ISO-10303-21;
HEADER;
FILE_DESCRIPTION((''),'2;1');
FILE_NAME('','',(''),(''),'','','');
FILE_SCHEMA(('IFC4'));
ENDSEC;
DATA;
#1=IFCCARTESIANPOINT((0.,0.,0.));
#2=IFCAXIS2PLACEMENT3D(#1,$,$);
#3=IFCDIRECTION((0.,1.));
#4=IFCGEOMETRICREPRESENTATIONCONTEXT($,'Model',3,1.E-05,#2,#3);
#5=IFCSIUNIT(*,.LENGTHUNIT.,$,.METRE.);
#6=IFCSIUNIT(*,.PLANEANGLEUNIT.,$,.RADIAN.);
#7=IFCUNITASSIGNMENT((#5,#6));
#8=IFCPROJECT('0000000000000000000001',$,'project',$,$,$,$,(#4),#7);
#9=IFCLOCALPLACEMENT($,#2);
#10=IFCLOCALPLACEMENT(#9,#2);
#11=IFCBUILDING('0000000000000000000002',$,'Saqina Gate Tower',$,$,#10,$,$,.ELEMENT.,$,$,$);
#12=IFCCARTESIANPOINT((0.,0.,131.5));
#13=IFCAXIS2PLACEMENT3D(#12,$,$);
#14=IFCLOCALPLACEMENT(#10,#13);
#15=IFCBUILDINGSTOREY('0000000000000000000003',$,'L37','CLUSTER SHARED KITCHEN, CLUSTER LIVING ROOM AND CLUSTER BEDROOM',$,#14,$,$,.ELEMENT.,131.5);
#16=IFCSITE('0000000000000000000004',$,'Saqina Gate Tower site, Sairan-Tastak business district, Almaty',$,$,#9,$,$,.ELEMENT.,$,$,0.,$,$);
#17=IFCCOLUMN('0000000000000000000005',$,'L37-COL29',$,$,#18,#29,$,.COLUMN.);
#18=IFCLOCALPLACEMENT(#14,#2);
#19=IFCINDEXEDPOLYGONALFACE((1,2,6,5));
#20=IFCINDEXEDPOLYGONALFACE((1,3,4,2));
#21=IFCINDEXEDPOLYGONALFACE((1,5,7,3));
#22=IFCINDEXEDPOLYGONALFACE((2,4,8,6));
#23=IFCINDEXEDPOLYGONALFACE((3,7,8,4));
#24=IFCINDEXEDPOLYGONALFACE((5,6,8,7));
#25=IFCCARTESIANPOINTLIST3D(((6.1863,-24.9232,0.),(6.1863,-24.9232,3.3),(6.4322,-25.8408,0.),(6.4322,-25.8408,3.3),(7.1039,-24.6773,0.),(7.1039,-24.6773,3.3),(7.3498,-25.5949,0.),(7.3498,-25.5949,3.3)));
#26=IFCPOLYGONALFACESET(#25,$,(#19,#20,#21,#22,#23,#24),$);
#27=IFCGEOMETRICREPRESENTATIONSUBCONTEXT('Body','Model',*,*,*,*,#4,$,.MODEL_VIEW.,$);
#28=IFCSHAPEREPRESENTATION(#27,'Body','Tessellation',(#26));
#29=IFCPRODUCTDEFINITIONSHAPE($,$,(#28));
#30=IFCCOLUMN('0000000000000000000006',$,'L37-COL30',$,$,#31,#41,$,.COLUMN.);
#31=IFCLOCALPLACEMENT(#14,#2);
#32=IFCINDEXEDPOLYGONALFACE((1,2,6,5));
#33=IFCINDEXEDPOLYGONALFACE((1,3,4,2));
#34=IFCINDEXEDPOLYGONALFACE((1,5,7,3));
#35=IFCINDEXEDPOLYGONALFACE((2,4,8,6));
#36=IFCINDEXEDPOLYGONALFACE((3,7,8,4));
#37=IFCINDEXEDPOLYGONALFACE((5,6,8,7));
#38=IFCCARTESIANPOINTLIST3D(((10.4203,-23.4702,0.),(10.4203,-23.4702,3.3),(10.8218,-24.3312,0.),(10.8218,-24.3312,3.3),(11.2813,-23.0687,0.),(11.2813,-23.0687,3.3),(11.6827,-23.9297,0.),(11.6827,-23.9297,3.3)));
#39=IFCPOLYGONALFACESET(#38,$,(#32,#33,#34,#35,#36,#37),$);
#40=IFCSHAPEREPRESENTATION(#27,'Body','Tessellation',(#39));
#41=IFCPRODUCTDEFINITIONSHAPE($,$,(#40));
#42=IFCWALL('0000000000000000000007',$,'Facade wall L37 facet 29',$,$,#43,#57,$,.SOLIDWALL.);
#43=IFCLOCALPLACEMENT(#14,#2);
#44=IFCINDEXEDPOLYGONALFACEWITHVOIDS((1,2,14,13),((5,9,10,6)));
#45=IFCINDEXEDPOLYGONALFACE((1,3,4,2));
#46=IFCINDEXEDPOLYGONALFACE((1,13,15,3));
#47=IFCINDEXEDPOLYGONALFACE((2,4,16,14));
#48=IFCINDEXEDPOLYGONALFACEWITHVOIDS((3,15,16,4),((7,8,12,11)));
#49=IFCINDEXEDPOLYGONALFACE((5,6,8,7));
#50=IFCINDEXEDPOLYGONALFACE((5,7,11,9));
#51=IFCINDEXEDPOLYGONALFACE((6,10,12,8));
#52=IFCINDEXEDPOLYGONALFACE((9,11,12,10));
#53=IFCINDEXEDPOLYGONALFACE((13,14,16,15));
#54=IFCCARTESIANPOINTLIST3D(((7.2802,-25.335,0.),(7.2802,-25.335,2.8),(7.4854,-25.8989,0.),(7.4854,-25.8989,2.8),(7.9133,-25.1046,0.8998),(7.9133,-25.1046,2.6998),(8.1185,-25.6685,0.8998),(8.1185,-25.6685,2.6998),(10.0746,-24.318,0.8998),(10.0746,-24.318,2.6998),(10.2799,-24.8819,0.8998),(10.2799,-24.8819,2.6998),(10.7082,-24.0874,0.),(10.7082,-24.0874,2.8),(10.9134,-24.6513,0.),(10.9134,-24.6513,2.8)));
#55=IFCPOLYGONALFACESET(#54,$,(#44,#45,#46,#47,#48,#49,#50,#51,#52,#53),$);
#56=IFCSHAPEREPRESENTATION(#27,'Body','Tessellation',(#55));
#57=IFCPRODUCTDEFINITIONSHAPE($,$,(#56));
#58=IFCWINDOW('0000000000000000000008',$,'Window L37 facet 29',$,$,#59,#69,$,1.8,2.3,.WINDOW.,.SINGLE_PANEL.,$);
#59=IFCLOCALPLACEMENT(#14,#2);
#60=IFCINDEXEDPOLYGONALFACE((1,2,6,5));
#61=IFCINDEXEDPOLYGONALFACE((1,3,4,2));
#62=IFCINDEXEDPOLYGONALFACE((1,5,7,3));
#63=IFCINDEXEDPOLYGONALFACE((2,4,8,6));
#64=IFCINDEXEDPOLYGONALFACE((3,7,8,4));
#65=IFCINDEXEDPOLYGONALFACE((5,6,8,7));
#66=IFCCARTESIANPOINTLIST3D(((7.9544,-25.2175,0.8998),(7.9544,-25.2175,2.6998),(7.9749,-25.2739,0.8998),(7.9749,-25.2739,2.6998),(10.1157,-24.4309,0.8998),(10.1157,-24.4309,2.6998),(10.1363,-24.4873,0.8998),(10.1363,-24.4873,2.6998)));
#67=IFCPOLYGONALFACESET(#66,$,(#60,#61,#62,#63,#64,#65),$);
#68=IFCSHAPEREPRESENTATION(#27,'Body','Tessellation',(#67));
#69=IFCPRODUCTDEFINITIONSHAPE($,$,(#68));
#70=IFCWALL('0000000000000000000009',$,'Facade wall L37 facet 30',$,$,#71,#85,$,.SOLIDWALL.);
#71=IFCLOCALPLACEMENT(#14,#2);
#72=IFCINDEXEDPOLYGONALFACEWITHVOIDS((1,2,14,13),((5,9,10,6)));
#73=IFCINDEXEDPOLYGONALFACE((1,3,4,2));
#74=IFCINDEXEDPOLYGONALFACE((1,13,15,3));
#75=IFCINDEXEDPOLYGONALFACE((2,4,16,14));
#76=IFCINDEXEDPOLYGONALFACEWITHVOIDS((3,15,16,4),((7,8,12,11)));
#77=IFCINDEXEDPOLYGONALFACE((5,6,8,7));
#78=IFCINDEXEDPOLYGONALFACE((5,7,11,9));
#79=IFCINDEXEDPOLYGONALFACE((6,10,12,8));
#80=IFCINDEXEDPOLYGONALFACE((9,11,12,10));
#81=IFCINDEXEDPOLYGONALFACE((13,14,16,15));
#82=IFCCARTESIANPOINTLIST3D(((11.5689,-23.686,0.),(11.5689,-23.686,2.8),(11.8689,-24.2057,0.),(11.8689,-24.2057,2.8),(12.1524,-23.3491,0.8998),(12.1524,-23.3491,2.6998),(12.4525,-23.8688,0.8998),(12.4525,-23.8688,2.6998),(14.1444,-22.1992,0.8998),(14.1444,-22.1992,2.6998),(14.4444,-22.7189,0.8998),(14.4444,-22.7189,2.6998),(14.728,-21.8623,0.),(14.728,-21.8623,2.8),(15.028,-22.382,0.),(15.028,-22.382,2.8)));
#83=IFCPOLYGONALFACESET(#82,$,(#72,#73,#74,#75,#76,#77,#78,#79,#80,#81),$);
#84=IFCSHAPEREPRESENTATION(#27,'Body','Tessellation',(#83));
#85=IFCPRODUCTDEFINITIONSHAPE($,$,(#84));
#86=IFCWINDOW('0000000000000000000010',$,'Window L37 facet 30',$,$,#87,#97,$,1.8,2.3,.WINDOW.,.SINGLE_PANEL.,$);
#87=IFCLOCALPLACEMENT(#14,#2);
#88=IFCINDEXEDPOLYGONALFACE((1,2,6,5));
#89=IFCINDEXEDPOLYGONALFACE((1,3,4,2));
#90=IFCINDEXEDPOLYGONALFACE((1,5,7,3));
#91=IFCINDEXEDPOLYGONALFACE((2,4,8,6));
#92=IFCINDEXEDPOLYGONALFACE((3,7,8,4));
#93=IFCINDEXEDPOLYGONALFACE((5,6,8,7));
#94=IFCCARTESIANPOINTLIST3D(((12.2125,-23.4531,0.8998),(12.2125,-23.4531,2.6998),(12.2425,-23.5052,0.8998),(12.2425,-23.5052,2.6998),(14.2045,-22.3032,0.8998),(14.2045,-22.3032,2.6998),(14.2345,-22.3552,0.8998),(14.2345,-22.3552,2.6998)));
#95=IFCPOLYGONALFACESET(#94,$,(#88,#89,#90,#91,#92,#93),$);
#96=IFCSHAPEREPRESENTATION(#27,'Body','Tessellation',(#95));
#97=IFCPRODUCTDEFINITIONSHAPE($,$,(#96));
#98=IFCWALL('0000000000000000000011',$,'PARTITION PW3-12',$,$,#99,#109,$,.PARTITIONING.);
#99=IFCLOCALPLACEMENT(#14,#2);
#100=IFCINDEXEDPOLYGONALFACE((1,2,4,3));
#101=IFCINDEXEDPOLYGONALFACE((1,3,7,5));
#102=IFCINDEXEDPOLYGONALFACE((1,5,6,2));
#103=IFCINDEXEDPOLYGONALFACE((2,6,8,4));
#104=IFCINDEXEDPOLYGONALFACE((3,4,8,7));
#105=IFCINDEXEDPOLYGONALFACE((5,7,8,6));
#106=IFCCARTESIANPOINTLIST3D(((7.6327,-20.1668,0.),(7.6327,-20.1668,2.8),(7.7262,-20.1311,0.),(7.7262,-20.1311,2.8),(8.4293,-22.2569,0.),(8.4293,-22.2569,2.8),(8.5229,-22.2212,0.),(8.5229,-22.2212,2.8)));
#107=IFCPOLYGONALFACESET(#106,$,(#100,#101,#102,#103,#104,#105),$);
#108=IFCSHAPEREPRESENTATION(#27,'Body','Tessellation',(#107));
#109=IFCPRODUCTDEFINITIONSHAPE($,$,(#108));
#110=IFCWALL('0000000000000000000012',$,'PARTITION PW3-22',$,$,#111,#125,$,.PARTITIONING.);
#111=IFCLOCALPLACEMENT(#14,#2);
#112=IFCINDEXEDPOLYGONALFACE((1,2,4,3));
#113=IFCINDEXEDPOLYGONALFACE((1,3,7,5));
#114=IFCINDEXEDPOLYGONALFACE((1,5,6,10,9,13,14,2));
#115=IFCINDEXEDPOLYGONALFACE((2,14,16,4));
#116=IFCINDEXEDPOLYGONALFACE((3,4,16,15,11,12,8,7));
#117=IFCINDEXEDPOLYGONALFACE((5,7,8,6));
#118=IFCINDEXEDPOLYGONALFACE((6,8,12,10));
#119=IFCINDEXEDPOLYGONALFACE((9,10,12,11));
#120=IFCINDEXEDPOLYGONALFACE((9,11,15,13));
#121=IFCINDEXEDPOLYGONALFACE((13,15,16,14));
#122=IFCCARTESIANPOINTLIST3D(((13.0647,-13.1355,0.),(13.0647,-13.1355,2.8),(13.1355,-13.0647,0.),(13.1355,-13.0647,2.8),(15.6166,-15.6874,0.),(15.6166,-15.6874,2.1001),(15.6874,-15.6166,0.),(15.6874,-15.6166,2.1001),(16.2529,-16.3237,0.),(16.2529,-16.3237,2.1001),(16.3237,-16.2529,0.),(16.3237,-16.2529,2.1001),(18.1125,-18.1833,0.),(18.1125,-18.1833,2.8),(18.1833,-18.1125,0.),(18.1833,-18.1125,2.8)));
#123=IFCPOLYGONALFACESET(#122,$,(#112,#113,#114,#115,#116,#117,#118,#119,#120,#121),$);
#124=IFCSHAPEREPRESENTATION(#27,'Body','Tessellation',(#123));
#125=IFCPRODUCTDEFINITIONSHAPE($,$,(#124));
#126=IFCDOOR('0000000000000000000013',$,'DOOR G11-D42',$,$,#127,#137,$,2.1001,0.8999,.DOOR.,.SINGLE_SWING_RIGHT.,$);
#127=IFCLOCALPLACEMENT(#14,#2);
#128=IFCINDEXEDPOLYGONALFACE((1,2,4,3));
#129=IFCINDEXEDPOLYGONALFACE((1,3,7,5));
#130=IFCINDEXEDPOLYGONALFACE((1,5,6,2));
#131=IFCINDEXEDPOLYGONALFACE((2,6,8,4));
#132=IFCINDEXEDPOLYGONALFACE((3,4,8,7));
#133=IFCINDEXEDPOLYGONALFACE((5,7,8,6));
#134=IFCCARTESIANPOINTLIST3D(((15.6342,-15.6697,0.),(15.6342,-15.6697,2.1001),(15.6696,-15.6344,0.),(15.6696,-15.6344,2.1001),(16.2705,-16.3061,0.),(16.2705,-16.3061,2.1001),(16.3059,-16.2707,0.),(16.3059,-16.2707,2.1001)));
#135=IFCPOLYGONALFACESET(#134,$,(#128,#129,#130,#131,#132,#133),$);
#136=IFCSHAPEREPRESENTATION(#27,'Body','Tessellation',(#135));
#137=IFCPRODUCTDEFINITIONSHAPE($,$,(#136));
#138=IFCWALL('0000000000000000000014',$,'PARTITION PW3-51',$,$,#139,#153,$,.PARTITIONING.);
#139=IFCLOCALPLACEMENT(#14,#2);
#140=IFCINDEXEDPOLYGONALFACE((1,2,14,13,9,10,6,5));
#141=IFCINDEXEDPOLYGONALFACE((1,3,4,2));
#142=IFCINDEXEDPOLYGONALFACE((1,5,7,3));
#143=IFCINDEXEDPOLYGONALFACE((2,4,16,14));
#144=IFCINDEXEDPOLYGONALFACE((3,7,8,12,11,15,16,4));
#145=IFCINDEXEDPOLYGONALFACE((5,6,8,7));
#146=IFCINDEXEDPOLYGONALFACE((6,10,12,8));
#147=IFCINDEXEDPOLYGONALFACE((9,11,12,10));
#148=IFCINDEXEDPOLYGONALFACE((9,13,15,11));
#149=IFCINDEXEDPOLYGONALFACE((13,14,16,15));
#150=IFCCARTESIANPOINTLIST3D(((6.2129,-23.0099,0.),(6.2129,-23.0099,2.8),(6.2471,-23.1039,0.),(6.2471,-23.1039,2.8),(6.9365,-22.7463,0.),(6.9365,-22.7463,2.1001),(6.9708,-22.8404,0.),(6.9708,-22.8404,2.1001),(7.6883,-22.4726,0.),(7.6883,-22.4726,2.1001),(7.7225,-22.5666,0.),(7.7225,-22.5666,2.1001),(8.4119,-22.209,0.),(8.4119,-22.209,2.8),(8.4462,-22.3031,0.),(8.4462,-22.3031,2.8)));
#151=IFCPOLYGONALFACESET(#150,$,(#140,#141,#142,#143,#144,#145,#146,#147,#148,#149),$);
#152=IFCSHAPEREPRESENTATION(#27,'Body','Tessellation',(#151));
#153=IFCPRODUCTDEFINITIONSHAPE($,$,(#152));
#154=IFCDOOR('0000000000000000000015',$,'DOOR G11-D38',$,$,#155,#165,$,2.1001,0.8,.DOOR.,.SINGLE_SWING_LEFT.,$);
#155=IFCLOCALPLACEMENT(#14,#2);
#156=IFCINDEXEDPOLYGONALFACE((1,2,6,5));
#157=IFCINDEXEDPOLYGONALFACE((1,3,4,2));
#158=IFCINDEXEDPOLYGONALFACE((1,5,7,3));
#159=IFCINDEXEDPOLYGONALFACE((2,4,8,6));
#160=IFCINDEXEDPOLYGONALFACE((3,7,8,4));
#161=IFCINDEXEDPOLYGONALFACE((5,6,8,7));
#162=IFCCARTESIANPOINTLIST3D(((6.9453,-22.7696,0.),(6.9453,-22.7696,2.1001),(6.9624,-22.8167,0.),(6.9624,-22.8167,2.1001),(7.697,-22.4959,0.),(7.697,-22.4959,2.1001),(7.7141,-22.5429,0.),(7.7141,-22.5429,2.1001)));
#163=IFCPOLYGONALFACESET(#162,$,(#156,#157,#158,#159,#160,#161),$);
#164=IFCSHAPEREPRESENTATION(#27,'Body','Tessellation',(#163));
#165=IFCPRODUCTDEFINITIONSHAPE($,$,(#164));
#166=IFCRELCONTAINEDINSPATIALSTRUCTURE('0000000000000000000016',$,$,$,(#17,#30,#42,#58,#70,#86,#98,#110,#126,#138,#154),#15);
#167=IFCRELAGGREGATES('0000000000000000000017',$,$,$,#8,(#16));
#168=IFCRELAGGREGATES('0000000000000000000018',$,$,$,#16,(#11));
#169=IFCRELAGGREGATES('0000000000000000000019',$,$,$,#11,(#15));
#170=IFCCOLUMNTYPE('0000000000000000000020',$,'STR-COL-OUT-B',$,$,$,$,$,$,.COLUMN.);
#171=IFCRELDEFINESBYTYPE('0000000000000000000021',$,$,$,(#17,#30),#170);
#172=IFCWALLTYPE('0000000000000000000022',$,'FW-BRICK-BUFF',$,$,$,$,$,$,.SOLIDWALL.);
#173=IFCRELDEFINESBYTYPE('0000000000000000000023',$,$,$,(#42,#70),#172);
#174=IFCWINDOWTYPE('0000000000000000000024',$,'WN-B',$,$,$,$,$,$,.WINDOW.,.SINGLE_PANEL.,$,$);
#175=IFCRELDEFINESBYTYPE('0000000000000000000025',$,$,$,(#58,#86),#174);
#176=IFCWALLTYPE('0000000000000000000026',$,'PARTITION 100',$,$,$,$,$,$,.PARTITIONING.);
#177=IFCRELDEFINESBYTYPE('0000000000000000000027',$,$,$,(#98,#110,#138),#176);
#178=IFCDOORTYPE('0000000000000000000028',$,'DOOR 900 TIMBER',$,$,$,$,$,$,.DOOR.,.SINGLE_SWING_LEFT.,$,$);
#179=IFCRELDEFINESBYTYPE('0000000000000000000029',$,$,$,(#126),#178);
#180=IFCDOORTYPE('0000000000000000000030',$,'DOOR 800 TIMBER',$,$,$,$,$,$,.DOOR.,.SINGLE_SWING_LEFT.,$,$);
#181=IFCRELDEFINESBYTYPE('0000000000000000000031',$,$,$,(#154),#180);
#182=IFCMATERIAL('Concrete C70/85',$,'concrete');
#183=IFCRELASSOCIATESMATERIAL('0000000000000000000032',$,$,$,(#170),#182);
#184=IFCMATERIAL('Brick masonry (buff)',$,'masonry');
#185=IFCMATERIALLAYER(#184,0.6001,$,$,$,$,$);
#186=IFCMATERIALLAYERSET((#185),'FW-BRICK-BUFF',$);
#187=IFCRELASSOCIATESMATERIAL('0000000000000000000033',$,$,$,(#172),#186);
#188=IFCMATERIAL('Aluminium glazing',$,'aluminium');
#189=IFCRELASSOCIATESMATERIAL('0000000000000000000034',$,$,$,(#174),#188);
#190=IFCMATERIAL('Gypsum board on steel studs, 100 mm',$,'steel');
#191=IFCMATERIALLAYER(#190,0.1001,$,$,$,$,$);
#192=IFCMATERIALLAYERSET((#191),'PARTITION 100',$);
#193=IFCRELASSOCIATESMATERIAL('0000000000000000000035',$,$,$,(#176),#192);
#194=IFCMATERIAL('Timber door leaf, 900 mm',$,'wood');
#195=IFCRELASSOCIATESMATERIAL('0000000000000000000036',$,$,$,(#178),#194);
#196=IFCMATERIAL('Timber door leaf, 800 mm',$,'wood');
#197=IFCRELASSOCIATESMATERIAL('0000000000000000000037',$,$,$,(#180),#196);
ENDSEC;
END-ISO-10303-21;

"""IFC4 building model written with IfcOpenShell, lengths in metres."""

from ifc_helpers import new_model, si_unit, direction, frame, frame_2d, origin, origin_2d, place, context, subcontext, project, spatial, rectangle, extrude, material, layer, layer_set, material_profile, profile_set, type_object, element, fill, save


model = new_model("IFC4")

# Units and contexts
model_context = context("Model", 3, precision=1e-05, world=origin(), true_north=direction((0.0, 1.0)))
body_context = subcontext(model_context, "Body", "Model", "MODEL_VIEW")
ifc_project = project(units=[si_unit("LENGTHUNIT", "METRE"), si_unit("PLANEANGLEUNIT", "RADIAN")], contexts=[model_context])

# Site, building, storey
site_placement = place(None, origin())
site = spatial("IfcSite", under=ifc_project, at=site_placement, Name="Saqina Gate Tower site, Sairan-Tastak business district, Almaty", CompositionType="ELEMENT", RefElevation=0.0)
building_placement = place(site_placement, origin())
building = spatial("IfcBuilding", under=site, at=building_placement, Name="Saqina Gate Tower", CompositionType="ELEMENT")
storey_placement = place(building_placement, frame((0.0, 0.0, 131.5)))
storey = spatial("IfcBuildingStorey", under=building, at=storey_placement, Name="L37", Description="CLUSTER SHARED KITCHEN, CLUSTER LIVING ROOM AND CLUSTER BEDROOM", CompositionType="ELEMENT", Elevation=131.5)

# Columns
ifc_material_1 = material(Name="Concrete C70/85", Category="concrete")
ifc_material_profile = material_profile(ifc_material_1, rectangle(XDim=0.95, YDim=0.95, at=origin_2d()), Name="RC 950x950")
ifc_profile_set = profile_set([ifc_material_profile], Name="Concrete C70/85")
column_type = type_object("IfcColumnType", Name="STR-COL-OUT-B", PredefinedType="COLUMN", material=ifc_profile_set)
for number, where, z_axis, x_axis, name in (
    (1, (6.7681, -25.259, 0.0), (0.0, 0.0, 1.0), (0.258819, -0.965926, 0.0), "L37-COL29"),
    (2, (11.0515, -23.7, 0.0), (0.0, 0.0, 1.0), (0.422618, -0.906308, 0.0), "L37-COL30"),
):
    element("IfcColumn", number, at=place(storey_placement, frame(where, z_axis=z_axis, x_axis=x_axis)), inside=storey, type_object=column_type, Name=name, PredefinedType="COLUMN", context=body_context, shape_type="SweptSolid", body=[
        extrude(rectangle(XDim=0.95, YDim=0.95, at=origin_2d()), origin(), (0.0, 0.0, 1.0), 3.3),
    ])

# Walls, openings, windows
ifc_material_2 = material(Name="Brick masonry (buff)", Category="masonry")
ifc_layer_1 = layer(ifc_material_2, 0.6001)
ifc_layer_set_1 = layer_set([ifc_layer_1], Name="FW-BRICK-BUFF")
wall_type_1 = type_object("IfcWallType", Name="FW-BRICK-BUFF", PredefinedType="SOLIDWALL", material=ifc_layer_set_1)
wall_1_placement = place(storey_placement, frame((7.3828, -25.6169, 0.0), z_axis=(0.0, 0.0, 1.0), x_axis=(0.939704, 0.34199, 0.0)))
wall_1 = element("IfcWall", 3, at=wall_1_placement, inside=storey, type_object=wall_type_1, Name="Facade wall L37 facet 29", PredefinedType="SOLIDWALL", context=body_context, shape_type="SweptSolid", body=[
    extrude(rectangle(XDim=3.6479, YDim=0.6001, at=frame_2d((1.824, 0.0))), origin(), (0.0, 0.0, 1.0), 2.8),
])
opening_1_placement = place(wall_1_placement, frame((0.6738, 0.0, 0.8999)))
opening_1 = element("IfcOpeningElement", 4, at=opening_1_placement, cuts=wall_1, PredefinedType="OPENING", context=body_context, shape_type="SweptSolid", body=[
    extrude(rectangle(XDim=2.3, YDim=1.8, at=frame_2d((1.1499, 0.8999))), frame((0.0, 0.312, 0.0), z_axis=(0.0, -1.0, 0.0), x_axis=(1.0, 0.0, 0.0)), (0.0, 0.0, 1.0), 0.624),
])
ifc_material_3 = material(Name="Aluminium glazing", Category="aluminium")
window_type = type_object("IfcWindowType", Name="WN-B", PartitioningType="SINGLE_PANEL", PredefinedType="WINDOW", material=ifc_material_3)
window_1_placement = place(opening_1_placement, origin())
window_1 = element("IfcWindow", 5, at=window_1_placement, inside=storey, type_object=window_type, Name="Window L37 facet 29", OverallHeight=1.8, OverallWidth=2.3, PartitioningType="SINGLE_PANEL", PredefinedType="WINDOW", context=body_context, shape_type="SweptSolid", body=[
    extrude(rectangle(XDim=2.3, YDim=1.8, at=frame_2d((1.1499, 0.8999))), frame((0.0, 0.1799, 0.0), z_axis=(0.0, -1.0, 0.0), x_axis=(1.0, 0.0, 0.0)), (0.0, 0.0, 1.0), 0.0601),
])
fill(opening_1, window_1)
wall_2_placement = place(storey_placement, frame((11.719, -23.9458, 0.0), z_axis=(0.0, 0.0, 1.0), x_axis=(0.866052, 0.499954, 0.0)))
wall_2 = element("IfcWall", 6, at=wall_2_placement, inside=storey, type_object=wall_type_1, Name="Facade wall L37 facet 30", PredefinedType="SOLIDWALL", context=body_context, shape_type="SweptSolid", body=[
    extrude(rectangle(XDim=3.6477, YDim=0.6001, at=frame_2d((1.8237, 0.0))), origin(), (0.0, 0.0, 1.0), 2.8),
])
opening_2_placement = place(wall_2_placement, frame((0.6738, 0.0, 0.8999)))
opening_2 = element("IfcOpeningElement", 7, at=opening_2_placement, cuts=wall_2, PredefinedType="OPENING", context=body_context, shape_type="SweptSolid", body=[
    extrude(rectangle(XDim=2.3, YDim=1.8, at=frame_2d((1.1499, 0.8999))), frame((0.0, 0.312, 0.0), z_axis=(0.0, -1.0, 0.0), x_axis=(1.0, 0.0, 0.0)), (0.0, 0.0, 1.0), 0.624),
])
window_2_placement = place(opening_2_placement, origin())
window_2 = element("IfcWindow", 8, at=window_2_placement, inside=storey, type_object=window_type, Name="Window L37 facet 30", OverallHeight=1.8, OverallWidth=2.3, PartitioningType="SINGLE_PANEL", PredefinedType="WINDOW", context=body_context, shape_type="SweptSolid", body=[
    extrude(rectangle(XDim=2.3, YDim=1.8, at=frame_2d((1.1499, 0.8999))), frame((0.0, 0.1799, 0.0), z_axis=(0.0, -1.0, 0.0), x_axis=(1.0, 0.0, 0.0)), (0.0, 0.0, 1.0), 0.0601),
])
fill(opening_2, window_2)

# Wall
ifc_material_4 = material(Name="Gypsum board on steel studs, 100 mm", Category="steel")
ifc_layer_2 = layer(ifc_material_4, 0.1001)
ifc_layer_set_2 = layer_set([ifc_layer_2], Name="PARTITION 100")
wall_type_2 = type_object("IfcWallType", Name="PARTITION 100", PredefinedType="PARTITIONING", material=ifc_layer_set_2)
wall_3_placement = place(storey_placement, frame((7.6794, -20.1489, 0.0), z_axis=(0.0, 0.0, 1.0), x_axis=(0.356154, -0.934427, 0.0)))
element("IfcWall", 9, at=wall_3_placement, inside=storey, type_object=wall_type_2, Name="PARTITION PW3-12", PredefinedType="PARTITIONING", context=body_context, shape_type="SweptSolid", body=[
    extrude(rectangle(XDim=2.2368, YDim=0.1001, at=frame_2d((1.1184, 0.0))), origin(), (0.0, 0.0, 1.0), 2.8),
])

# Walls, openings, doors
wall_4_placement = place(storey_placement, frame((13.1001, -13.1001, 0.0), z_axis=(0.0, 0.0, 1.0), x_axis=(0.707107, -0.707107, 0.0)))
wall_4 = element("IfcWall", 10, at=wall_4_placement, inside=storey, type_object=wall_type_2, Name="PARTITION PW3-22", PredefinedType="PARTITIONING", context=body_context, shape_type="SweptSolid", body=[
    extrude(rectangle(XDim=7.1387, YDim=0.1001, at=frame_2d((3.5693, 0.0))), origin(), (0.0, 0.0, 1.0), 2.8),
])
opening_3_placement = place(wall_4_placement, frame((3.6089, 0.0, 0.0)))
opening_3 = element("IfcOpeningElement", 11, at=opening_3_placement, cuts=wall_4, PredefinedType="OPENING", context=body_context, shape_type="SweptSolid", body=[
    extrude(rectangle(XDim=0.8999, YDim=2.1001, at=frame_2d((0.45, 1.05))), frame((0.0, 0.062, 0.0), z_axis=(0.0, -1.0, 0.0), x_axis=(1.0, 0.0, 0.0)), (0.0, 0.0, 1.0), 0.124),
])
ifc_material_5 = material(Name="Timber door leaf, 900 mm", Category="wood")
door_type_1 = type_object("IfcDoorType", Name="DOOR 900 TIMBER", OperationType="SINGLE_SWING_LEFT", PredefinedType="DOOR", material=ifc_material_5)
door_1_placement = place(opening_3_placement, origin())
door_1 = element("IfcDoor", 12, at=door_1_placement, inside=storey, type_object=door_type_1, Name="DOOR G11-D42", OperationType="SINGLE_SWING_RIGHT", OverallHeight=2.1001, OverallWidth=0.8999, PredefinedType="DOOR", context=body_context, shape_type="SweptSolid", body=[
    extrude(rectangle(XDim=0.8999, YDim=2.1001, at=frame_2d((0.45, 1.05))), frame((0.0, 0.0249, 0.0), z_axis=(0.0, -1.0, 0.0), x_axis=(1.0, 0.0, 0.0)), (0.0, 0.0, 1.0), 0.05),
])
fill(opening_3, door_1)
wall_5_placement = place(storey_placement, frame((6.23, -23.0569, 0.0), z_axis=(0.0, 0.0, 1.0), x_axis=(0.939635, 0.342179, 0.0)))
wall_5 = element("IfcWall", 13, at=wall_5_placement, inside=storey, type_object=wall_type_2, Name="PARTITION PW3-51", PredefinedType="PARTITIONING", context=body_context, shape_type="SweptSolid", body=[
    extrude(rectangle(XDim=2.3403, YDim=0.1001, at=frame_2d((1.1702, 0.0))), origin(), (0.0, 0.0, 1.0), 2.8),
])
opening_4_placement = place(wall_5_placement, frame((0.7703, 0.0, 0.0)))
opening_4 = element("IfcOpeningElement", 14, at=opening_4_placement, cuts=wall_5, PredefinedType="OPENING", context=body_context, shape_type="SweptSolid", body=[
    extrude(rectangle(XDim=0.8, YDim=2.1001, at=frame_2d((0.3999, 1.05))), frame((0.0, 0.062, 0.0), z_axis=(0.0, -1.0, 0.0), x_axis=(1.0, 0.0, 0.0)), (0.0, 0.0, 1.0), 0.124),
])
ifc_material_6 = material(Name="Timber door leaf, 800 mm", Category="wood")
door_type_2 = type_object("IfcDoorType", Name="DOOR 800 TIMBER", OperationType="SINGLE_SWING_LEFT", PredefinedType="DOOR", material=ifc_material_6)
door_2_placement = place(opening_4_placement, frame((0.8, 0.0, 0.0), z_axis=(0.0, 0.0, 1.0), x_axis=(-1.0, 0.0, 0.0)))
door_2 = element("IfcDoor", 15, at=door_2_placement, inside=storey, type_object=door_type_2, Name="DOOR G11-D38", OperationType="SINGLE_SWING_LEFT", OverallHeight=2.1001, OverallWidth=0.8, PredefinedType="DOOR", context=body_context, shape_type="SweptSolid", body=[
    extrude(rectangle(XDim=0.8, YDim=2.1001, at=frame_2d((0.3999, 1.05))), frame((0.0, 0.0249, 0.0), z_axis=(0.0, -1.0, 0.0), x_axis=(1.0, 0.0, 0.0)), (0.0, 0.0, 1.0), 0.05),
])
fill(opening_4, door_2)

save(model, "model.ifc")
